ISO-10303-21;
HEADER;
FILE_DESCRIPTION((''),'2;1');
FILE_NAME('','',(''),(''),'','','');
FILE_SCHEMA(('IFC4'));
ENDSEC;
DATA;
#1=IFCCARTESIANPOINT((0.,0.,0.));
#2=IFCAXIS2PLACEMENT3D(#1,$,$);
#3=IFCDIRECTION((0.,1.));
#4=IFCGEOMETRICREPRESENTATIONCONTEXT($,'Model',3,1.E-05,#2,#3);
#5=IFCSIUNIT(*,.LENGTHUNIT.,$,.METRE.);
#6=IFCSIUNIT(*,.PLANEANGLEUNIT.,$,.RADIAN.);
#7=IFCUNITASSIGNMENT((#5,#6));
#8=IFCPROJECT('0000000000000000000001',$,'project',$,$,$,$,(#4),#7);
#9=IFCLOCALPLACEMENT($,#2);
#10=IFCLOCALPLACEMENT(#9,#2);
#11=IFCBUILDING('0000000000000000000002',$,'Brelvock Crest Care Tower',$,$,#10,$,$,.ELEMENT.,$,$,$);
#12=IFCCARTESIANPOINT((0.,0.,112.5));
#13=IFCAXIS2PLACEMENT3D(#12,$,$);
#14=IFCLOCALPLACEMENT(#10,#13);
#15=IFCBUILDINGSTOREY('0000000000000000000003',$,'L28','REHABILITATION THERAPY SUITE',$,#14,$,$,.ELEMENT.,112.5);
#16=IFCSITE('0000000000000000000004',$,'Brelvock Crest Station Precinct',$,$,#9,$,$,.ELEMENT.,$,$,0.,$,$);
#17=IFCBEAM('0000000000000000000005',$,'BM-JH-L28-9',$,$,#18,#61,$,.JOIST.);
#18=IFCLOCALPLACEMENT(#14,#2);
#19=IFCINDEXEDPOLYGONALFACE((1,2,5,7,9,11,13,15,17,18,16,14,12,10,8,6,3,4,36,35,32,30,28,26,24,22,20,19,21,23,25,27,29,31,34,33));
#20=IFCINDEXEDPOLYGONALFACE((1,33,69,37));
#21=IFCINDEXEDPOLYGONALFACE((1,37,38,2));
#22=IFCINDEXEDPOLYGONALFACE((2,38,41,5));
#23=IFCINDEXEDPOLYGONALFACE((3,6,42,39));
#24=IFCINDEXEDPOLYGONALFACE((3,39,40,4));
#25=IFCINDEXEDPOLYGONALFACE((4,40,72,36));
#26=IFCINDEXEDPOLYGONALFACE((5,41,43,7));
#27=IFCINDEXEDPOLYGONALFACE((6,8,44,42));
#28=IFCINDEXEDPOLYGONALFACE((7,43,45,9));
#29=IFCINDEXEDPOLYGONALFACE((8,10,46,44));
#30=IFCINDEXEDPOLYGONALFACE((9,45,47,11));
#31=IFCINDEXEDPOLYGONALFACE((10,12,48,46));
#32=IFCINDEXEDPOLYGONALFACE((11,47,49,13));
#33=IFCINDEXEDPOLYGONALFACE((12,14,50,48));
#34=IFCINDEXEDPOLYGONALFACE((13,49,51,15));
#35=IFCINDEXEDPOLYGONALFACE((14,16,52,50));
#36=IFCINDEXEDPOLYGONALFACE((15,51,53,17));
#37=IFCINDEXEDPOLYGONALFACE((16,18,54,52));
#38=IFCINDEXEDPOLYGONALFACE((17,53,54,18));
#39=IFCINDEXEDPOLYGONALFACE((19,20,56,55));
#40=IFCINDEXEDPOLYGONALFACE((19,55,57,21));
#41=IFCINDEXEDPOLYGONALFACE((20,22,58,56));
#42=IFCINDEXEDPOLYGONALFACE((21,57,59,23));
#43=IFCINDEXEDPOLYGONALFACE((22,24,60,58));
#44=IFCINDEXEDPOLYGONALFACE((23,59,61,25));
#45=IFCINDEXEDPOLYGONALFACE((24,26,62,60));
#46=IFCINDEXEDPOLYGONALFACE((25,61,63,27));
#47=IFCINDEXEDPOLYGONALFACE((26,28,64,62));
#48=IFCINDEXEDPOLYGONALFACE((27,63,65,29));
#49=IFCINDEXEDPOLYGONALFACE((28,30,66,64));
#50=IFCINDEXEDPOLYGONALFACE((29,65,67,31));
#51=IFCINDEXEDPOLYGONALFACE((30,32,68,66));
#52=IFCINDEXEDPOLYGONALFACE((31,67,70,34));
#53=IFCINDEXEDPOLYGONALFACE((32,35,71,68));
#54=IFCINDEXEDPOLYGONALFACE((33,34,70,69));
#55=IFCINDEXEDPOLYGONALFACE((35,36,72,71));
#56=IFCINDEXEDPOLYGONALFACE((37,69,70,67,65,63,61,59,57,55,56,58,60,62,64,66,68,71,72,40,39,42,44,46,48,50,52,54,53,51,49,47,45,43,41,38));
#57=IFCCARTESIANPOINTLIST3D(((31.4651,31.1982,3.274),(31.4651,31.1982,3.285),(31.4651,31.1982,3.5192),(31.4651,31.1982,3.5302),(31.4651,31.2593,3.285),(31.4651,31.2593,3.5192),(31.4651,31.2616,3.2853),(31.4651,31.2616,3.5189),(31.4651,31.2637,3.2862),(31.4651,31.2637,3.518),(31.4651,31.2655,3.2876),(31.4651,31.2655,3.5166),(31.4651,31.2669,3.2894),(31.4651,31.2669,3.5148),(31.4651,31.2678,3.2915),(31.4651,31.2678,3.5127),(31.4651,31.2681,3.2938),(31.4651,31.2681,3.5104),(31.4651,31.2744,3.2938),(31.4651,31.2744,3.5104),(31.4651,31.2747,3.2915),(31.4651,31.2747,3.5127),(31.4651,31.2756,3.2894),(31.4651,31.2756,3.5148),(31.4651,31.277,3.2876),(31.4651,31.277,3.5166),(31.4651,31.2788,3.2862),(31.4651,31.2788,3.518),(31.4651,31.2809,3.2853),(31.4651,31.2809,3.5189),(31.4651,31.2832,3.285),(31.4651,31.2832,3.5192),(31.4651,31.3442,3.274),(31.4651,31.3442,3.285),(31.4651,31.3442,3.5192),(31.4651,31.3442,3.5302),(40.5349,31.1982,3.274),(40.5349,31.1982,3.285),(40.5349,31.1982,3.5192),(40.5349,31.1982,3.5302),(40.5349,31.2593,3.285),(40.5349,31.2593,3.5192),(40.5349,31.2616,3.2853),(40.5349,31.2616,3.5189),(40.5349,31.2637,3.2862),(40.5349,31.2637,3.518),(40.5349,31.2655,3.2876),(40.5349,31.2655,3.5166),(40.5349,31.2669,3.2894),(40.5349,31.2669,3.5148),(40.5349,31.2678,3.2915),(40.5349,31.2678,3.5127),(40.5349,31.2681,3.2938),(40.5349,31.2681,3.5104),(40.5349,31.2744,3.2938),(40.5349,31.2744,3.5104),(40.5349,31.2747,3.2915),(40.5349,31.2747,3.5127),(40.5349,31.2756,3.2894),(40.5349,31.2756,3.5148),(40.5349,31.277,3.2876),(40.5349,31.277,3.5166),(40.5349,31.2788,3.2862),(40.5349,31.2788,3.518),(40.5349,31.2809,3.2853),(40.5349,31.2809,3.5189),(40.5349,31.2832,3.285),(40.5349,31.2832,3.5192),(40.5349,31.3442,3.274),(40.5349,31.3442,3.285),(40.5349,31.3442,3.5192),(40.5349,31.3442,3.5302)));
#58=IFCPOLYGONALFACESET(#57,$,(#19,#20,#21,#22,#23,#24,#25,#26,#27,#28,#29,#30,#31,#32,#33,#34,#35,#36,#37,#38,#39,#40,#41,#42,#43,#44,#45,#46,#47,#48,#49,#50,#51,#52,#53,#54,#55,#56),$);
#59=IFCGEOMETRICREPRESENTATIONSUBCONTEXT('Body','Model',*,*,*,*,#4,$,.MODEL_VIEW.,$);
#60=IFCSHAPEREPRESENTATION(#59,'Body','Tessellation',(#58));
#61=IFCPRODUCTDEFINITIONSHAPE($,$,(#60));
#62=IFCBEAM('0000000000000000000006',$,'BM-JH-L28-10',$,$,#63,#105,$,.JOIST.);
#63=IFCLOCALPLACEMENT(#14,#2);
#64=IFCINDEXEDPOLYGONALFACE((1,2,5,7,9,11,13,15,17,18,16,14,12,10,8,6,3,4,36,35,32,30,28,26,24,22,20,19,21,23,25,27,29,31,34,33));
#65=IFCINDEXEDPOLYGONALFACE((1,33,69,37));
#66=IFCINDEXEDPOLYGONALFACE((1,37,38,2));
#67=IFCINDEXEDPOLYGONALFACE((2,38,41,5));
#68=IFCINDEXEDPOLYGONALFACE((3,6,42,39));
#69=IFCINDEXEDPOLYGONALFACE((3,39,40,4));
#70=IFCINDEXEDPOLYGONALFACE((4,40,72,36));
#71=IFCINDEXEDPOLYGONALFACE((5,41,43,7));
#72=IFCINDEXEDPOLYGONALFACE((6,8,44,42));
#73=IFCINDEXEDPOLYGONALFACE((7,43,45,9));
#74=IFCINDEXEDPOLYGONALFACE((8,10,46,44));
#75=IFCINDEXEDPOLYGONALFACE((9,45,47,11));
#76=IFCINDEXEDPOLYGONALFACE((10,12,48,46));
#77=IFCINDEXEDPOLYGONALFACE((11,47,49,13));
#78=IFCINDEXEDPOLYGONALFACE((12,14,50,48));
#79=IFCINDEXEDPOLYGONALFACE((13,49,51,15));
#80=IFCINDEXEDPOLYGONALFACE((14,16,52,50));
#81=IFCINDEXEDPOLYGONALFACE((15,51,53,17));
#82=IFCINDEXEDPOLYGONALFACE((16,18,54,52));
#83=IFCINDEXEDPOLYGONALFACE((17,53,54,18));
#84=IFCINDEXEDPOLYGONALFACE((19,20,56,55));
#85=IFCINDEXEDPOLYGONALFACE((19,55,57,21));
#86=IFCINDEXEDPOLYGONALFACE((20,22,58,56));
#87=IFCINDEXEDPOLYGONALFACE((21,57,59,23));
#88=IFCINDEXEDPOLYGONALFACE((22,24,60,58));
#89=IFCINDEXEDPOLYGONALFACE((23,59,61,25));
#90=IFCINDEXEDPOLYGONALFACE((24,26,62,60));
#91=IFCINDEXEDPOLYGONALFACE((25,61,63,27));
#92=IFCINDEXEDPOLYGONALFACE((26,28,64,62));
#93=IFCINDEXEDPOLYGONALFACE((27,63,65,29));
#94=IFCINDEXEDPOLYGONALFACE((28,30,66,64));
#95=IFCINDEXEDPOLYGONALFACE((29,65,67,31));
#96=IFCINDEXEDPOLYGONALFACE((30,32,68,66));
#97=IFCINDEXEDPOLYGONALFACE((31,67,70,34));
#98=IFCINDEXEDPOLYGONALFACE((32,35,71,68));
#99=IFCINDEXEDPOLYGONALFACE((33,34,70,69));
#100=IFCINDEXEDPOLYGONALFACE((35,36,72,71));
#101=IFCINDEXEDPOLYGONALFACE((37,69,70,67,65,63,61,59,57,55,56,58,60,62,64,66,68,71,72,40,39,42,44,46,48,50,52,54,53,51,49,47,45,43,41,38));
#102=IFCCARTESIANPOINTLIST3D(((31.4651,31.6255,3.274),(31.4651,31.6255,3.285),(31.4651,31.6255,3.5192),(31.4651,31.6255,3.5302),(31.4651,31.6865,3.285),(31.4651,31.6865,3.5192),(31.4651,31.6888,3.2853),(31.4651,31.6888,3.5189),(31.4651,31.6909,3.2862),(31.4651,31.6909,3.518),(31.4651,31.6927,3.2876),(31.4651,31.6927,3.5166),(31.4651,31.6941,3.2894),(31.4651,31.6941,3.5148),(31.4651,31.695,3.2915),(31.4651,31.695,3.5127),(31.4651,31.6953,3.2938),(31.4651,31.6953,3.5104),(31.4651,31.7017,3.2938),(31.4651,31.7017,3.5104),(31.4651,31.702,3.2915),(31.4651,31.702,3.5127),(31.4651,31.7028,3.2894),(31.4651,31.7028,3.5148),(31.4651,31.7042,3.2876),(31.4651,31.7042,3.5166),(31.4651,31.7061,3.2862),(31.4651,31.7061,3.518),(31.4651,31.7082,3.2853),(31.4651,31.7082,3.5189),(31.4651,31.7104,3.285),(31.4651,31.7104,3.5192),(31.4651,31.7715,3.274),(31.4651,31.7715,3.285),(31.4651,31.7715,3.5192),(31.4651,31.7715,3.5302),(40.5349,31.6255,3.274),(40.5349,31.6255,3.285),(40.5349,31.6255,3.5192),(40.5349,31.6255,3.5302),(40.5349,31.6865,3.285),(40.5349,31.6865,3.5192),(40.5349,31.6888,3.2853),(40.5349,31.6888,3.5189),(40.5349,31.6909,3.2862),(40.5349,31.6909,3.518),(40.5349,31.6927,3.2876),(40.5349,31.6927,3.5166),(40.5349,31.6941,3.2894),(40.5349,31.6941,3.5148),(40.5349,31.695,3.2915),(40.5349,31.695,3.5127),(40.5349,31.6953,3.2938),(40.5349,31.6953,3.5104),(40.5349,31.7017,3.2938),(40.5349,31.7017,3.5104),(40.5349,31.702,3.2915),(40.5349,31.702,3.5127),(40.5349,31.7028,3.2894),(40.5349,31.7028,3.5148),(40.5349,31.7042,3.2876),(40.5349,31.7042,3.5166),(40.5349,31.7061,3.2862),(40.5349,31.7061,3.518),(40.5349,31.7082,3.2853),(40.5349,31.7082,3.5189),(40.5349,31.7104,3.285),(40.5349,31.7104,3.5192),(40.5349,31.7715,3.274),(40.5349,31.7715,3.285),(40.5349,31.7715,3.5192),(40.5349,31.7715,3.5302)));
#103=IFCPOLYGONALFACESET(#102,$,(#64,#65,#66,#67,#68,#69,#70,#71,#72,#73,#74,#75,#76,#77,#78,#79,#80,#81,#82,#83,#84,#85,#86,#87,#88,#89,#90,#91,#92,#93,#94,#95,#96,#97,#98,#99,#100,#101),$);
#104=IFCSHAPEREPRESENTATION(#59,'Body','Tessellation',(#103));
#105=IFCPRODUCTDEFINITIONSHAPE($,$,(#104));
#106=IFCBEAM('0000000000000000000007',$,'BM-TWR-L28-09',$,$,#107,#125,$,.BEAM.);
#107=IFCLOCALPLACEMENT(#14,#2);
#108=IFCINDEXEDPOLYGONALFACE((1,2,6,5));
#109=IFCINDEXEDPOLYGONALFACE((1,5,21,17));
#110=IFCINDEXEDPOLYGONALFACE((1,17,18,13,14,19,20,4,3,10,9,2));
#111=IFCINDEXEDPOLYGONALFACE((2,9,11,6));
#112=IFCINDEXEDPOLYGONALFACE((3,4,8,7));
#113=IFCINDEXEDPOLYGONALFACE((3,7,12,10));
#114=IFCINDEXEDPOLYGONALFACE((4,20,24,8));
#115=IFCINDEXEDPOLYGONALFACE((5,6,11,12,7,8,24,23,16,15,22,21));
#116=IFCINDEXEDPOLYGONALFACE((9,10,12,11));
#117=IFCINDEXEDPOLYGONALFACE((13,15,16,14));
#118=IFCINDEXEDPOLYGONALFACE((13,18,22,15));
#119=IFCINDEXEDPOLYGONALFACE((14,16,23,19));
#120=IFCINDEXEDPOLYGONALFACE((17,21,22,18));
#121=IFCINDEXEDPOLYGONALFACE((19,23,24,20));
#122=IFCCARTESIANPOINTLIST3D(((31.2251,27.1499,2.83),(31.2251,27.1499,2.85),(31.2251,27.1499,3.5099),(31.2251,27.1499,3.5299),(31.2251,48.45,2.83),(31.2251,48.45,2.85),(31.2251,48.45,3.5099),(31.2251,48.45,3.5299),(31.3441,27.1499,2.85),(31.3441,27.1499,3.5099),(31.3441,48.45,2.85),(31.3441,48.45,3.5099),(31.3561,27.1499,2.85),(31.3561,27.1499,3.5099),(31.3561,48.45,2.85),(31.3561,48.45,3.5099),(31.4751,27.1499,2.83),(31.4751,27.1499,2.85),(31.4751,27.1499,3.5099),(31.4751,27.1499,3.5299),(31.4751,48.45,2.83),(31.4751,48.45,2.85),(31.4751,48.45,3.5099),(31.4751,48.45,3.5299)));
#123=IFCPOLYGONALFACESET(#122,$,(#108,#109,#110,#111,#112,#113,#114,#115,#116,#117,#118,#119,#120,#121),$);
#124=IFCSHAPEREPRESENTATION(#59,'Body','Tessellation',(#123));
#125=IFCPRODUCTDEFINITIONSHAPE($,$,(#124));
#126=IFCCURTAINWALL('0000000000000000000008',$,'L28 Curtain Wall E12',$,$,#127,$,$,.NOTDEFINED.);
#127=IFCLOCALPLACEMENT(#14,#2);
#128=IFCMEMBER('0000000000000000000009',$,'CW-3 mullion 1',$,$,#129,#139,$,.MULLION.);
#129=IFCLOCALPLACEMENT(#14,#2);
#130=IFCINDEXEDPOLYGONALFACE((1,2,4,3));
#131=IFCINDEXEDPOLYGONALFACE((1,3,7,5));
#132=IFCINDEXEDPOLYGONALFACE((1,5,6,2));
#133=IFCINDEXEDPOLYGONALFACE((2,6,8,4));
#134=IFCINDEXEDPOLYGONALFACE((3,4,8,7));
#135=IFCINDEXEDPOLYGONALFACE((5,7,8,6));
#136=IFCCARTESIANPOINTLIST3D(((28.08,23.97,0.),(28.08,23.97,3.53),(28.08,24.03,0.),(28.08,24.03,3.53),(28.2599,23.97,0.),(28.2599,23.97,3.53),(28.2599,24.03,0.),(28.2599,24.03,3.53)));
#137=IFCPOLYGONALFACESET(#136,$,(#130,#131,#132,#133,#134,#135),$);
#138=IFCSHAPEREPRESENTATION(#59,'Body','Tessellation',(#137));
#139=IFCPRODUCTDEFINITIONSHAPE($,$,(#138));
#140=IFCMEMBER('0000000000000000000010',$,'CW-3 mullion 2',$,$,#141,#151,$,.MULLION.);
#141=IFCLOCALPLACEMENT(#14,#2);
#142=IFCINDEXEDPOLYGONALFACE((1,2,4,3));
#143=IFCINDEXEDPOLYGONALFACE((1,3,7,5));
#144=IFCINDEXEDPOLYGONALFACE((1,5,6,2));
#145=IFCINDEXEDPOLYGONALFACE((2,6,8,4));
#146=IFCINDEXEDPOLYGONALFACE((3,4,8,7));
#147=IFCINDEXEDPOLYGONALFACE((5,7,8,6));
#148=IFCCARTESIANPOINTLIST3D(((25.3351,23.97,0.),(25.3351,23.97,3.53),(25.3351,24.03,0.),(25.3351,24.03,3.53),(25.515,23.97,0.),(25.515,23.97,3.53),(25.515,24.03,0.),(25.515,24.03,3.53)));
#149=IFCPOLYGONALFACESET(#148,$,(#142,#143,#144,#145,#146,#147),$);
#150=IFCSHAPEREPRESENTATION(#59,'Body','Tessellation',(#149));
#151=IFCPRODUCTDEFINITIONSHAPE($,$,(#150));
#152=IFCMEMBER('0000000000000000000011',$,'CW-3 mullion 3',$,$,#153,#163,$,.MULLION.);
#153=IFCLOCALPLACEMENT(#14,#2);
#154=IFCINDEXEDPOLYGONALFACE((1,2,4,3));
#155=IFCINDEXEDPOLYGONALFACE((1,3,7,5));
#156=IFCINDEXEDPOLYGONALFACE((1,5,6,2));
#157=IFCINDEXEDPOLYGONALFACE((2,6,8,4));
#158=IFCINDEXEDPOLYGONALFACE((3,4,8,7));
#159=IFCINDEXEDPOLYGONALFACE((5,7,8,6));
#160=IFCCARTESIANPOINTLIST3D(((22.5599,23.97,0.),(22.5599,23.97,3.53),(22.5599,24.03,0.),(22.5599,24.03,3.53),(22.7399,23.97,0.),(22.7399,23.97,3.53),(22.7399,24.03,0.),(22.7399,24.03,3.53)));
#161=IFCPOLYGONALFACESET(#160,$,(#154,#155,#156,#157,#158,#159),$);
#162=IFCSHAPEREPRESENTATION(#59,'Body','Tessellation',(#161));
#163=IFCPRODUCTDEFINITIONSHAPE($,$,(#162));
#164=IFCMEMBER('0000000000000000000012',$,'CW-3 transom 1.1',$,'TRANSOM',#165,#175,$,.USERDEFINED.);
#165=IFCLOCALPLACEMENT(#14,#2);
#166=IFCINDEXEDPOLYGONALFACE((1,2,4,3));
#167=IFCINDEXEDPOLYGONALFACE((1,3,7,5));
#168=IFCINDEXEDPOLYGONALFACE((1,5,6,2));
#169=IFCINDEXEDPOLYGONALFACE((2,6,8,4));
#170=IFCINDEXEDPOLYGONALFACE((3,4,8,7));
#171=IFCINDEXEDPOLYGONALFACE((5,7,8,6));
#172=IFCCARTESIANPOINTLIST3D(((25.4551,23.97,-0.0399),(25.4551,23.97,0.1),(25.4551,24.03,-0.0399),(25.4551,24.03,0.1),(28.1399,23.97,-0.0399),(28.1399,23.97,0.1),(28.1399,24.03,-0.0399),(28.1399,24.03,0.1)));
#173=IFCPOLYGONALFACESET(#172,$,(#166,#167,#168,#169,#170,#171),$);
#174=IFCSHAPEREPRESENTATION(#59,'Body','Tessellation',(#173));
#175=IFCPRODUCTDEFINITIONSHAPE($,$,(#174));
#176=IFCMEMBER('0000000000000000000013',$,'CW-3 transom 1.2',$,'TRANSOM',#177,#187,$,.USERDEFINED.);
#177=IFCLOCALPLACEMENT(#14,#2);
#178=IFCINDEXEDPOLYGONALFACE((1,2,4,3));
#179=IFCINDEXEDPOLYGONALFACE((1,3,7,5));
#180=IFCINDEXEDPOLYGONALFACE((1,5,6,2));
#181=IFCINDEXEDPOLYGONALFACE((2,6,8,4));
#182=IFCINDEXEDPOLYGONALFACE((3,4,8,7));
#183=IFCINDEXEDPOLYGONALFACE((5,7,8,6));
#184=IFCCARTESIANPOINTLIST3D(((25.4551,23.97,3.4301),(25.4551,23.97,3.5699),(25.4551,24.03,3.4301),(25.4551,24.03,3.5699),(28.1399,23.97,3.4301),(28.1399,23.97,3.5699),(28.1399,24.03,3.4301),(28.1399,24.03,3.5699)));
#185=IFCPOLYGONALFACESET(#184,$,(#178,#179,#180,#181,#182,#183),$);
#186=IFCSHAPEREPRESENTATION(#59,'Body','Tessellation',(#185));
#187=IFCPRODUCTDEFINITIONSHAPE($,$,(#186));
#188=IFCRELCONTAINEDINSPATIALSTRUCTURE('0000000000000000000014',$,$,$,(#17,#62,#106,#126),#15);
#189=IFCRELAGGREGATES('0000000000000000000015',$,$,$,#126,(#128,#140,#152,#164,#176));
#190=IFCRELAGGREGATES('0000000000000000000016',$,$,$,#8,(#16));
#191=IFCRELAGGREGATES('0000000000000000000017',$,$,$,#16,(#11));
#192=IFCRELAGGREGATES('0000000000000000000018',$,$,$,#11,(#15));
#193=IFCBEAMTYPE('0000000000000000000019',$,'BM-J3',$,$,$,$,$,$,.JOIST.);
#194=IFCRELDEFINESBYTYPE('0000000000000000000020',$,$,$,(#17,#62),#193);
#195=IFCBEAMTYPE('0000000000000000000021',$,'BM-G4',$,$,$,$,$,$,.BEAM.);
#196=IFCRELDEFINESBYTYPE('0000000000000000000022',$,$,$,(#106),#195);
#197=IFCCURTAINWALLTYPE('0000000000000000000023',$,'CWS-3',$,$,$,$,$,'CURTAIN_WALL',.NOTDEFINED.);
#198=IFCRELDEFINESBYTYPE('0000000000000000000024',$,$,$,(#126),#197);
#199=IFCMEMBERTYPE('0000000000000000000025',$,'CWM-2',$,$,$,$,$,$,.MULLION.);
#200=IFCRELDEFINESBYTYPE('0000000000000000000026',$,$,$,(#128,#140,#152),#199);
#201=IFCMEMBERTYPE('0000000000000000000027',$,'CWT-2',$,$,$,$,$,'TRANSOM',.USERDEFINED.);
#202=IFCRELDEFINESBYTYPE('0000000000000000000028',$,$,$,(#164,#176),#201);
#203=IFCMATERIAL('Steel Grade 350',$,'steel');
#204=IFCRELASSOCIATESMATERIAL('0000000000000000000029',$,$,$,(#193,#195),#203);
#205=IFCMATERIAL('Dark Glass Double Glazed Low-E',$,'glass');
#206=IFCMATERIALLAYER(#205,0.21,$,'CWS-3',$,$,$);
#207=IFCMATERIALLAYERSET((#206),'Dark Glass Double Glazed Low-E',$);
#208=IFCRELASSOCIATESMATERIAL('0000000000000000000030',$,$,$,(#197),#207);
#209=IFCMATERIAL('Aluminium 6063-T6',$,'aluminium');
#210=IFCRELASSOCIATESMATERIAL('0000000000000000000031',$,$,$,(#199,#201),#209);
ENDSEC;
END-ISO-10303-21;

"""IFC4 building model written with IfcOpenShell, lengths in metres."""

from ifc_helpers import new_model, si_unit, direction, frame, origin, origin_2d, place, context, subcontext, project, spatial, rectangle, i_section, extrude, source, transform, mapped, material, layer, layer_set, material_profile, profile_set, type_object, element, aggregate, save


model = new_model("IFC4")

# Units and contexts
model_context = context("Model", 3, precision=1e-05, world=origin(), true_north=direction((0.0, 1.0)))
body_context = subcontext(model_context, "Body", "Model", "MODEL_VIEW")
ifc_project = project(units=[si_unit("LENGTHUNIT", "METRE"), si_unit("PLANEANGLEUNIT", "RADIAN")], contexts=[model_context])

# Site, building, storey
site_placement = place(None, origin())
site = spatial("IfcSite", under=ifc_project, at=site_placement, Name="Brelvock Crest Station Precinct", CompositionType="ELEMENT", RefElevation=0.0)
building_placement = place(site_placement, origin())
building = spatial("IfcBuilding", under=site, at=building_placement, Name="Brelvock Crest Care Tower", CompositionType="ELEMENT")
storey_placement = place(building_placement, frame((0.0, 0.0, 112.5)))
storey = spatial("IfcBuildingStorey", under=building, at=storey_placement, Name="L28", Description="REHABILITATION THERAPY SUITE", CompositionType="ELEMENT", Elevation=112.5)

# Shared definitions
ifc_material_1 = material(Name="Steel Grade 350", Category="steel")

# Beams
ifc_material_profile_1 = material_profile(ifc_material_1, i_section(OverallWidth=0.146, OverallDepth=0.2561, WebThickness=0.0063, FlangeThickness=0.011, FilletRadius=0.0088, at=origin_2d()), Name="250UB37.3")
ifc_profile_set_1 = profile_set([ifc_material_profile_1], Name="Steel Grade 350")
beam_type_1 = type_object("IfcBeamType", Name="BM-J3", PredefinedType="JOIST", material=ifc_profile_set_1)
shared_shape_1 = source(origin(), body_context, "Body", "SweptSolid", [
    extrude(i_section(OverallWidth=0.146, OverallDepth=0.2561, WebThickness=0.0063, FlangeThickness=0.011, FilletRadius=0.0088, at=origin_2d()), origin(), (0.0, 0.0, 1.0), 9.0698),
])
for number, where, z_axis, x_axis, name in (
    (1, (31.4651, 31.2712, 3.4021), (1.0, 0.0, 0.0), (0.0, 1.0, 0.0), "BM-JH-L28-9"),
    (2, (31.4651, 31.6985, 3.4021), (1.0, 0.0, 0.0), (0.0, 1.0, 0.0), "BM-JH-L28-10"),
):
    element("IfcBeam", number, at=place(storey_placement, frame(where, z_axis=z_axis, x_axis=x_axis)), inside=storey, type_object=beam_type_1, Name=name, PredefinedType="JOIST", context=body_context, shape_type="MappedRepresentation", body=[
        mapped(shared_shape_1, transform((0.0, 0.0, 0.0), x_axis=(1.0, 0.0, 0.0), y_axis=(0.0, 1.0, 0.0), z_axis=(0.0, 0.0, 1.0), scale=1.0)),
    ])
ifc_material_profile_2 = material_profile(ifc_material_1, i_section(OverallWidth=0.25, OverallDepth=0.7, WebThickness=0.012, FlangeThickness=0.02, at=origin_2d()), Name="700WB150")
ifc_profile_set_2 = profile_set([ifc_material_profile_2], Name="Steel Grade 350")
beam_type_2 = type_object("IfcBeamType", Name="BM-G4", PredefinedType="BEAM", material=ifc_profile_set_2)
shared_shape_2 = source(origin(), body_context, "Body", "SweptSolid", [
    extrude(i_section(OverallWidth=0.25, OverallDepth=0.7, WebThickness=0.012, FlangeThickness=0.02, at=origin_2d()), origin(), (0.0, 0.0, 1.0), 21.3),
])
beam_1_placement = place(storey_placement, frame((31.3501, 27.1499, 3.1799), z_axis=(0.0, 1.0, 0.0), x_axis=(-1.0, 0.0, 0.0)))
element("IfcBeam", 3, at=beam_1_placement, inside=storey, type_object=beam_type_2, Name="BM-TWR-L28-09", PredefinedType="BEAM", context=body_context, shape_type="MappedRepresentation", body=[
    mapped(shared_shape_2, transform((0.0, 0.0, 0.0), x_axis=(1.0, 0.0, 0.0), y_axis=(0.0, 1.0, 0.0), z_axis=(0.0, 0.0, 1.0), scale=1.0)),
])

# Curtain wall, members
ifc_material_2 = material(Name="Dark Glass Double Glazed Low-E", Category="glass")
ifc_layer_1 = layer(ifc_material_2, 0.21, Name="CWS-3")
ifc_layer_set_1 = layer_set([ifc_layer_1], Name="Dark Glass Double Glazed Low-E")
curtain_wall_type = type_object("IfcCurtainWallType", Name="CWS-3", ElementType="CURTAIN_WALL", PredefinedType="NOTDEFINED", material=ifc_layer_set_1)
curtain_wall_placement = place(storey_placement, origin())
curtain_wall = element("IfcCurtainWall", 4, at=curtain_wall_placement, inside=storey, type_object=curtain_wall_type, Name="L28 Curtain Wall E12", PredefinedType="NOTDEFINED")
ifc_material_3 = material(Name="Aluminium 6063-T6", Category="aluminium")
ifc_material_profile_3 = material_profile(ifc_material_3, rectangle(XDim=0.0601, YDim=0.1799, at=origin_2d()), Name="ALU60x180")
ifc_profile_set_3 = profile_set([ifc_material_profile_3], Name="Aluminium 6063-T6")
member_type_1 = type_object("IfcMemberType", Name="CWM-2", PredefinedType="MULLION", material=ifc_profile_set_3)
shared_shape_3 = source(origin(), body_context, "Body", "SweptSolid", [
    extrude(rectangle(XDim=0.0601, YDim=0.1799, at=origin_2d()), origin(), (0.0, 0.0, 1.0), 3.53),
])
member_1_placement = place(storey_placement, frame((28.1699, 24.0, 0.0), z_axis=(0.0, 0.0, 1.0), x_axis=(0.0, -1.0, 0.0)))
member_1 = element("IfcMember", 5, at=member_1_placement, type_object=member_type_1, Name="CW-3 mullion 1", PredefinedType="MULLION", context=body_context, shape_type="MappedRepresentation", body=[
    mapped(shared_shape_3, transform((0.0, 0.0, 0.0), x_axis=(1.0, 0.0, 0.0), y_axis=(0.0, 1.0, 0.0), z_axis=(0.0, 0.0, 1.0), scale=1.0)),
])
member_2_placement = place(storey_placement, frame((25.425, 24.0, 0.0), z_axis=(0.0, 0.0, 1.0), x_axis=(0.0, -1.0, 0.0)))
member_2 = element("IfcMember", 6, at=member_2_placement, type_object=member_type_1, Name="CW-3 mullion 2", PredefinedType="MULLION", context=body_context, shape_type="MappedRepresentation", body=[
    mapped(shared_shape_3, transform((0.0, 0.0, 0.0), x_axis=(1.0, 0.0, 0.0), y_axis=(0.0, 1.0, 0.0), z_axis=(0.0, 0.0, 1.0), scale=1.0)),
])
member_3_placement = place(storey_placement, frame((22.6499, 24.0, 0.0), z_axis=(0.0, 0.0, 1.0), x_axis=(0.0, -1.0, 0.0)))
member_3 = element("IfcMember", 7, at=member_3_placement, type_object=member_type_1, Name="CW-3 mullion 3", PredefinedType="MULLION", context=body_context, shape_type="MappedRepresentation", body=[
    mapped(shared_shape_3, transform((0.0, 0.0, 0.0), x_axis=(1.0, 0.0, 0.0), y_axis=(0.0, 1.0, 0.0), z_axis=(0.0, 0.0, 1.0), scale=1.0)),
])
ifc_material_profile_4 = material_profile(ifc_material_3, rectangle(XDim=0.0601, YDim=0.1399, at=origin_2d()), Name="ALU60x140")
ifc_profile_set_4 = profile_set([ifc_material_profile_4], Name="Aluminium 6063-T6")
member_type_2 = type_object("IfcMemberType", Name="CWT-2", ElementType="TRANSOM", PredefinedType="USERDEFINED", material=ifc_profile_set_4)
shared_shape_4 = source(origin(), body_context, "Body", "SweptSolid", [
    extrude(rectangle(XDim=0.0601, YDim=0.1399, at=origin_2d()), origin(), (0.0, 0.0, 1.0), 2.6848),
])
member_4_placement = place(storey_placement, frame((28.1399, 24.0, 0.03), z_axis=(-1.0, 0.0, 0.0), x_axis=(0.0, -1.0, 0.0)))
member_4 = element("IfcMember", 8, at=member_4_placement, type_object=member_type_2, Name="CW-3 transom 1.1", ObjectType="TRANSOM", PredefinedType="USERDEFINED", context=body_context, shape_type="MappedRepresentation", body=[
    mapped(shared_shape_4, transform((0.0, 0.0, 0.0), x_axis=(1.0, 0.0, 0.0), y_axis=(0.0, 1.0, 0.0), z_axis=(0.0, 0.0, 1.0), scale=1.0)),
])
member_5_placement = place(storey_placement, frame((28.1399, 24.0, 3.5), z_axis=(-1.0, 0.0, 0.0), x_axis=(0.0, -1.0, 0.0)))
member_5 = element("IfcMember", 9, at=member_5_placement, type_object=member_type_2, Name="CW-3 transom 1.2", ObjectType="TRANSOM", PredefinedType="USERDEFINED", context=body_context, shape_type="MappedRepresentation", body=[
    mapped(shared_shape_4, transform((0.0, 0.0, 0.0), x_axis=(1.0, 0.0, 0.0), y_axis=(0.0, 1.0, 0.0), z_axis=(0.0, 0.0, 1.0), scale=1.0)),
])
aggregate(curtain_wall, [member_1, member_2, member_3, member_4, member_5])

save(model, "model.ifc")
